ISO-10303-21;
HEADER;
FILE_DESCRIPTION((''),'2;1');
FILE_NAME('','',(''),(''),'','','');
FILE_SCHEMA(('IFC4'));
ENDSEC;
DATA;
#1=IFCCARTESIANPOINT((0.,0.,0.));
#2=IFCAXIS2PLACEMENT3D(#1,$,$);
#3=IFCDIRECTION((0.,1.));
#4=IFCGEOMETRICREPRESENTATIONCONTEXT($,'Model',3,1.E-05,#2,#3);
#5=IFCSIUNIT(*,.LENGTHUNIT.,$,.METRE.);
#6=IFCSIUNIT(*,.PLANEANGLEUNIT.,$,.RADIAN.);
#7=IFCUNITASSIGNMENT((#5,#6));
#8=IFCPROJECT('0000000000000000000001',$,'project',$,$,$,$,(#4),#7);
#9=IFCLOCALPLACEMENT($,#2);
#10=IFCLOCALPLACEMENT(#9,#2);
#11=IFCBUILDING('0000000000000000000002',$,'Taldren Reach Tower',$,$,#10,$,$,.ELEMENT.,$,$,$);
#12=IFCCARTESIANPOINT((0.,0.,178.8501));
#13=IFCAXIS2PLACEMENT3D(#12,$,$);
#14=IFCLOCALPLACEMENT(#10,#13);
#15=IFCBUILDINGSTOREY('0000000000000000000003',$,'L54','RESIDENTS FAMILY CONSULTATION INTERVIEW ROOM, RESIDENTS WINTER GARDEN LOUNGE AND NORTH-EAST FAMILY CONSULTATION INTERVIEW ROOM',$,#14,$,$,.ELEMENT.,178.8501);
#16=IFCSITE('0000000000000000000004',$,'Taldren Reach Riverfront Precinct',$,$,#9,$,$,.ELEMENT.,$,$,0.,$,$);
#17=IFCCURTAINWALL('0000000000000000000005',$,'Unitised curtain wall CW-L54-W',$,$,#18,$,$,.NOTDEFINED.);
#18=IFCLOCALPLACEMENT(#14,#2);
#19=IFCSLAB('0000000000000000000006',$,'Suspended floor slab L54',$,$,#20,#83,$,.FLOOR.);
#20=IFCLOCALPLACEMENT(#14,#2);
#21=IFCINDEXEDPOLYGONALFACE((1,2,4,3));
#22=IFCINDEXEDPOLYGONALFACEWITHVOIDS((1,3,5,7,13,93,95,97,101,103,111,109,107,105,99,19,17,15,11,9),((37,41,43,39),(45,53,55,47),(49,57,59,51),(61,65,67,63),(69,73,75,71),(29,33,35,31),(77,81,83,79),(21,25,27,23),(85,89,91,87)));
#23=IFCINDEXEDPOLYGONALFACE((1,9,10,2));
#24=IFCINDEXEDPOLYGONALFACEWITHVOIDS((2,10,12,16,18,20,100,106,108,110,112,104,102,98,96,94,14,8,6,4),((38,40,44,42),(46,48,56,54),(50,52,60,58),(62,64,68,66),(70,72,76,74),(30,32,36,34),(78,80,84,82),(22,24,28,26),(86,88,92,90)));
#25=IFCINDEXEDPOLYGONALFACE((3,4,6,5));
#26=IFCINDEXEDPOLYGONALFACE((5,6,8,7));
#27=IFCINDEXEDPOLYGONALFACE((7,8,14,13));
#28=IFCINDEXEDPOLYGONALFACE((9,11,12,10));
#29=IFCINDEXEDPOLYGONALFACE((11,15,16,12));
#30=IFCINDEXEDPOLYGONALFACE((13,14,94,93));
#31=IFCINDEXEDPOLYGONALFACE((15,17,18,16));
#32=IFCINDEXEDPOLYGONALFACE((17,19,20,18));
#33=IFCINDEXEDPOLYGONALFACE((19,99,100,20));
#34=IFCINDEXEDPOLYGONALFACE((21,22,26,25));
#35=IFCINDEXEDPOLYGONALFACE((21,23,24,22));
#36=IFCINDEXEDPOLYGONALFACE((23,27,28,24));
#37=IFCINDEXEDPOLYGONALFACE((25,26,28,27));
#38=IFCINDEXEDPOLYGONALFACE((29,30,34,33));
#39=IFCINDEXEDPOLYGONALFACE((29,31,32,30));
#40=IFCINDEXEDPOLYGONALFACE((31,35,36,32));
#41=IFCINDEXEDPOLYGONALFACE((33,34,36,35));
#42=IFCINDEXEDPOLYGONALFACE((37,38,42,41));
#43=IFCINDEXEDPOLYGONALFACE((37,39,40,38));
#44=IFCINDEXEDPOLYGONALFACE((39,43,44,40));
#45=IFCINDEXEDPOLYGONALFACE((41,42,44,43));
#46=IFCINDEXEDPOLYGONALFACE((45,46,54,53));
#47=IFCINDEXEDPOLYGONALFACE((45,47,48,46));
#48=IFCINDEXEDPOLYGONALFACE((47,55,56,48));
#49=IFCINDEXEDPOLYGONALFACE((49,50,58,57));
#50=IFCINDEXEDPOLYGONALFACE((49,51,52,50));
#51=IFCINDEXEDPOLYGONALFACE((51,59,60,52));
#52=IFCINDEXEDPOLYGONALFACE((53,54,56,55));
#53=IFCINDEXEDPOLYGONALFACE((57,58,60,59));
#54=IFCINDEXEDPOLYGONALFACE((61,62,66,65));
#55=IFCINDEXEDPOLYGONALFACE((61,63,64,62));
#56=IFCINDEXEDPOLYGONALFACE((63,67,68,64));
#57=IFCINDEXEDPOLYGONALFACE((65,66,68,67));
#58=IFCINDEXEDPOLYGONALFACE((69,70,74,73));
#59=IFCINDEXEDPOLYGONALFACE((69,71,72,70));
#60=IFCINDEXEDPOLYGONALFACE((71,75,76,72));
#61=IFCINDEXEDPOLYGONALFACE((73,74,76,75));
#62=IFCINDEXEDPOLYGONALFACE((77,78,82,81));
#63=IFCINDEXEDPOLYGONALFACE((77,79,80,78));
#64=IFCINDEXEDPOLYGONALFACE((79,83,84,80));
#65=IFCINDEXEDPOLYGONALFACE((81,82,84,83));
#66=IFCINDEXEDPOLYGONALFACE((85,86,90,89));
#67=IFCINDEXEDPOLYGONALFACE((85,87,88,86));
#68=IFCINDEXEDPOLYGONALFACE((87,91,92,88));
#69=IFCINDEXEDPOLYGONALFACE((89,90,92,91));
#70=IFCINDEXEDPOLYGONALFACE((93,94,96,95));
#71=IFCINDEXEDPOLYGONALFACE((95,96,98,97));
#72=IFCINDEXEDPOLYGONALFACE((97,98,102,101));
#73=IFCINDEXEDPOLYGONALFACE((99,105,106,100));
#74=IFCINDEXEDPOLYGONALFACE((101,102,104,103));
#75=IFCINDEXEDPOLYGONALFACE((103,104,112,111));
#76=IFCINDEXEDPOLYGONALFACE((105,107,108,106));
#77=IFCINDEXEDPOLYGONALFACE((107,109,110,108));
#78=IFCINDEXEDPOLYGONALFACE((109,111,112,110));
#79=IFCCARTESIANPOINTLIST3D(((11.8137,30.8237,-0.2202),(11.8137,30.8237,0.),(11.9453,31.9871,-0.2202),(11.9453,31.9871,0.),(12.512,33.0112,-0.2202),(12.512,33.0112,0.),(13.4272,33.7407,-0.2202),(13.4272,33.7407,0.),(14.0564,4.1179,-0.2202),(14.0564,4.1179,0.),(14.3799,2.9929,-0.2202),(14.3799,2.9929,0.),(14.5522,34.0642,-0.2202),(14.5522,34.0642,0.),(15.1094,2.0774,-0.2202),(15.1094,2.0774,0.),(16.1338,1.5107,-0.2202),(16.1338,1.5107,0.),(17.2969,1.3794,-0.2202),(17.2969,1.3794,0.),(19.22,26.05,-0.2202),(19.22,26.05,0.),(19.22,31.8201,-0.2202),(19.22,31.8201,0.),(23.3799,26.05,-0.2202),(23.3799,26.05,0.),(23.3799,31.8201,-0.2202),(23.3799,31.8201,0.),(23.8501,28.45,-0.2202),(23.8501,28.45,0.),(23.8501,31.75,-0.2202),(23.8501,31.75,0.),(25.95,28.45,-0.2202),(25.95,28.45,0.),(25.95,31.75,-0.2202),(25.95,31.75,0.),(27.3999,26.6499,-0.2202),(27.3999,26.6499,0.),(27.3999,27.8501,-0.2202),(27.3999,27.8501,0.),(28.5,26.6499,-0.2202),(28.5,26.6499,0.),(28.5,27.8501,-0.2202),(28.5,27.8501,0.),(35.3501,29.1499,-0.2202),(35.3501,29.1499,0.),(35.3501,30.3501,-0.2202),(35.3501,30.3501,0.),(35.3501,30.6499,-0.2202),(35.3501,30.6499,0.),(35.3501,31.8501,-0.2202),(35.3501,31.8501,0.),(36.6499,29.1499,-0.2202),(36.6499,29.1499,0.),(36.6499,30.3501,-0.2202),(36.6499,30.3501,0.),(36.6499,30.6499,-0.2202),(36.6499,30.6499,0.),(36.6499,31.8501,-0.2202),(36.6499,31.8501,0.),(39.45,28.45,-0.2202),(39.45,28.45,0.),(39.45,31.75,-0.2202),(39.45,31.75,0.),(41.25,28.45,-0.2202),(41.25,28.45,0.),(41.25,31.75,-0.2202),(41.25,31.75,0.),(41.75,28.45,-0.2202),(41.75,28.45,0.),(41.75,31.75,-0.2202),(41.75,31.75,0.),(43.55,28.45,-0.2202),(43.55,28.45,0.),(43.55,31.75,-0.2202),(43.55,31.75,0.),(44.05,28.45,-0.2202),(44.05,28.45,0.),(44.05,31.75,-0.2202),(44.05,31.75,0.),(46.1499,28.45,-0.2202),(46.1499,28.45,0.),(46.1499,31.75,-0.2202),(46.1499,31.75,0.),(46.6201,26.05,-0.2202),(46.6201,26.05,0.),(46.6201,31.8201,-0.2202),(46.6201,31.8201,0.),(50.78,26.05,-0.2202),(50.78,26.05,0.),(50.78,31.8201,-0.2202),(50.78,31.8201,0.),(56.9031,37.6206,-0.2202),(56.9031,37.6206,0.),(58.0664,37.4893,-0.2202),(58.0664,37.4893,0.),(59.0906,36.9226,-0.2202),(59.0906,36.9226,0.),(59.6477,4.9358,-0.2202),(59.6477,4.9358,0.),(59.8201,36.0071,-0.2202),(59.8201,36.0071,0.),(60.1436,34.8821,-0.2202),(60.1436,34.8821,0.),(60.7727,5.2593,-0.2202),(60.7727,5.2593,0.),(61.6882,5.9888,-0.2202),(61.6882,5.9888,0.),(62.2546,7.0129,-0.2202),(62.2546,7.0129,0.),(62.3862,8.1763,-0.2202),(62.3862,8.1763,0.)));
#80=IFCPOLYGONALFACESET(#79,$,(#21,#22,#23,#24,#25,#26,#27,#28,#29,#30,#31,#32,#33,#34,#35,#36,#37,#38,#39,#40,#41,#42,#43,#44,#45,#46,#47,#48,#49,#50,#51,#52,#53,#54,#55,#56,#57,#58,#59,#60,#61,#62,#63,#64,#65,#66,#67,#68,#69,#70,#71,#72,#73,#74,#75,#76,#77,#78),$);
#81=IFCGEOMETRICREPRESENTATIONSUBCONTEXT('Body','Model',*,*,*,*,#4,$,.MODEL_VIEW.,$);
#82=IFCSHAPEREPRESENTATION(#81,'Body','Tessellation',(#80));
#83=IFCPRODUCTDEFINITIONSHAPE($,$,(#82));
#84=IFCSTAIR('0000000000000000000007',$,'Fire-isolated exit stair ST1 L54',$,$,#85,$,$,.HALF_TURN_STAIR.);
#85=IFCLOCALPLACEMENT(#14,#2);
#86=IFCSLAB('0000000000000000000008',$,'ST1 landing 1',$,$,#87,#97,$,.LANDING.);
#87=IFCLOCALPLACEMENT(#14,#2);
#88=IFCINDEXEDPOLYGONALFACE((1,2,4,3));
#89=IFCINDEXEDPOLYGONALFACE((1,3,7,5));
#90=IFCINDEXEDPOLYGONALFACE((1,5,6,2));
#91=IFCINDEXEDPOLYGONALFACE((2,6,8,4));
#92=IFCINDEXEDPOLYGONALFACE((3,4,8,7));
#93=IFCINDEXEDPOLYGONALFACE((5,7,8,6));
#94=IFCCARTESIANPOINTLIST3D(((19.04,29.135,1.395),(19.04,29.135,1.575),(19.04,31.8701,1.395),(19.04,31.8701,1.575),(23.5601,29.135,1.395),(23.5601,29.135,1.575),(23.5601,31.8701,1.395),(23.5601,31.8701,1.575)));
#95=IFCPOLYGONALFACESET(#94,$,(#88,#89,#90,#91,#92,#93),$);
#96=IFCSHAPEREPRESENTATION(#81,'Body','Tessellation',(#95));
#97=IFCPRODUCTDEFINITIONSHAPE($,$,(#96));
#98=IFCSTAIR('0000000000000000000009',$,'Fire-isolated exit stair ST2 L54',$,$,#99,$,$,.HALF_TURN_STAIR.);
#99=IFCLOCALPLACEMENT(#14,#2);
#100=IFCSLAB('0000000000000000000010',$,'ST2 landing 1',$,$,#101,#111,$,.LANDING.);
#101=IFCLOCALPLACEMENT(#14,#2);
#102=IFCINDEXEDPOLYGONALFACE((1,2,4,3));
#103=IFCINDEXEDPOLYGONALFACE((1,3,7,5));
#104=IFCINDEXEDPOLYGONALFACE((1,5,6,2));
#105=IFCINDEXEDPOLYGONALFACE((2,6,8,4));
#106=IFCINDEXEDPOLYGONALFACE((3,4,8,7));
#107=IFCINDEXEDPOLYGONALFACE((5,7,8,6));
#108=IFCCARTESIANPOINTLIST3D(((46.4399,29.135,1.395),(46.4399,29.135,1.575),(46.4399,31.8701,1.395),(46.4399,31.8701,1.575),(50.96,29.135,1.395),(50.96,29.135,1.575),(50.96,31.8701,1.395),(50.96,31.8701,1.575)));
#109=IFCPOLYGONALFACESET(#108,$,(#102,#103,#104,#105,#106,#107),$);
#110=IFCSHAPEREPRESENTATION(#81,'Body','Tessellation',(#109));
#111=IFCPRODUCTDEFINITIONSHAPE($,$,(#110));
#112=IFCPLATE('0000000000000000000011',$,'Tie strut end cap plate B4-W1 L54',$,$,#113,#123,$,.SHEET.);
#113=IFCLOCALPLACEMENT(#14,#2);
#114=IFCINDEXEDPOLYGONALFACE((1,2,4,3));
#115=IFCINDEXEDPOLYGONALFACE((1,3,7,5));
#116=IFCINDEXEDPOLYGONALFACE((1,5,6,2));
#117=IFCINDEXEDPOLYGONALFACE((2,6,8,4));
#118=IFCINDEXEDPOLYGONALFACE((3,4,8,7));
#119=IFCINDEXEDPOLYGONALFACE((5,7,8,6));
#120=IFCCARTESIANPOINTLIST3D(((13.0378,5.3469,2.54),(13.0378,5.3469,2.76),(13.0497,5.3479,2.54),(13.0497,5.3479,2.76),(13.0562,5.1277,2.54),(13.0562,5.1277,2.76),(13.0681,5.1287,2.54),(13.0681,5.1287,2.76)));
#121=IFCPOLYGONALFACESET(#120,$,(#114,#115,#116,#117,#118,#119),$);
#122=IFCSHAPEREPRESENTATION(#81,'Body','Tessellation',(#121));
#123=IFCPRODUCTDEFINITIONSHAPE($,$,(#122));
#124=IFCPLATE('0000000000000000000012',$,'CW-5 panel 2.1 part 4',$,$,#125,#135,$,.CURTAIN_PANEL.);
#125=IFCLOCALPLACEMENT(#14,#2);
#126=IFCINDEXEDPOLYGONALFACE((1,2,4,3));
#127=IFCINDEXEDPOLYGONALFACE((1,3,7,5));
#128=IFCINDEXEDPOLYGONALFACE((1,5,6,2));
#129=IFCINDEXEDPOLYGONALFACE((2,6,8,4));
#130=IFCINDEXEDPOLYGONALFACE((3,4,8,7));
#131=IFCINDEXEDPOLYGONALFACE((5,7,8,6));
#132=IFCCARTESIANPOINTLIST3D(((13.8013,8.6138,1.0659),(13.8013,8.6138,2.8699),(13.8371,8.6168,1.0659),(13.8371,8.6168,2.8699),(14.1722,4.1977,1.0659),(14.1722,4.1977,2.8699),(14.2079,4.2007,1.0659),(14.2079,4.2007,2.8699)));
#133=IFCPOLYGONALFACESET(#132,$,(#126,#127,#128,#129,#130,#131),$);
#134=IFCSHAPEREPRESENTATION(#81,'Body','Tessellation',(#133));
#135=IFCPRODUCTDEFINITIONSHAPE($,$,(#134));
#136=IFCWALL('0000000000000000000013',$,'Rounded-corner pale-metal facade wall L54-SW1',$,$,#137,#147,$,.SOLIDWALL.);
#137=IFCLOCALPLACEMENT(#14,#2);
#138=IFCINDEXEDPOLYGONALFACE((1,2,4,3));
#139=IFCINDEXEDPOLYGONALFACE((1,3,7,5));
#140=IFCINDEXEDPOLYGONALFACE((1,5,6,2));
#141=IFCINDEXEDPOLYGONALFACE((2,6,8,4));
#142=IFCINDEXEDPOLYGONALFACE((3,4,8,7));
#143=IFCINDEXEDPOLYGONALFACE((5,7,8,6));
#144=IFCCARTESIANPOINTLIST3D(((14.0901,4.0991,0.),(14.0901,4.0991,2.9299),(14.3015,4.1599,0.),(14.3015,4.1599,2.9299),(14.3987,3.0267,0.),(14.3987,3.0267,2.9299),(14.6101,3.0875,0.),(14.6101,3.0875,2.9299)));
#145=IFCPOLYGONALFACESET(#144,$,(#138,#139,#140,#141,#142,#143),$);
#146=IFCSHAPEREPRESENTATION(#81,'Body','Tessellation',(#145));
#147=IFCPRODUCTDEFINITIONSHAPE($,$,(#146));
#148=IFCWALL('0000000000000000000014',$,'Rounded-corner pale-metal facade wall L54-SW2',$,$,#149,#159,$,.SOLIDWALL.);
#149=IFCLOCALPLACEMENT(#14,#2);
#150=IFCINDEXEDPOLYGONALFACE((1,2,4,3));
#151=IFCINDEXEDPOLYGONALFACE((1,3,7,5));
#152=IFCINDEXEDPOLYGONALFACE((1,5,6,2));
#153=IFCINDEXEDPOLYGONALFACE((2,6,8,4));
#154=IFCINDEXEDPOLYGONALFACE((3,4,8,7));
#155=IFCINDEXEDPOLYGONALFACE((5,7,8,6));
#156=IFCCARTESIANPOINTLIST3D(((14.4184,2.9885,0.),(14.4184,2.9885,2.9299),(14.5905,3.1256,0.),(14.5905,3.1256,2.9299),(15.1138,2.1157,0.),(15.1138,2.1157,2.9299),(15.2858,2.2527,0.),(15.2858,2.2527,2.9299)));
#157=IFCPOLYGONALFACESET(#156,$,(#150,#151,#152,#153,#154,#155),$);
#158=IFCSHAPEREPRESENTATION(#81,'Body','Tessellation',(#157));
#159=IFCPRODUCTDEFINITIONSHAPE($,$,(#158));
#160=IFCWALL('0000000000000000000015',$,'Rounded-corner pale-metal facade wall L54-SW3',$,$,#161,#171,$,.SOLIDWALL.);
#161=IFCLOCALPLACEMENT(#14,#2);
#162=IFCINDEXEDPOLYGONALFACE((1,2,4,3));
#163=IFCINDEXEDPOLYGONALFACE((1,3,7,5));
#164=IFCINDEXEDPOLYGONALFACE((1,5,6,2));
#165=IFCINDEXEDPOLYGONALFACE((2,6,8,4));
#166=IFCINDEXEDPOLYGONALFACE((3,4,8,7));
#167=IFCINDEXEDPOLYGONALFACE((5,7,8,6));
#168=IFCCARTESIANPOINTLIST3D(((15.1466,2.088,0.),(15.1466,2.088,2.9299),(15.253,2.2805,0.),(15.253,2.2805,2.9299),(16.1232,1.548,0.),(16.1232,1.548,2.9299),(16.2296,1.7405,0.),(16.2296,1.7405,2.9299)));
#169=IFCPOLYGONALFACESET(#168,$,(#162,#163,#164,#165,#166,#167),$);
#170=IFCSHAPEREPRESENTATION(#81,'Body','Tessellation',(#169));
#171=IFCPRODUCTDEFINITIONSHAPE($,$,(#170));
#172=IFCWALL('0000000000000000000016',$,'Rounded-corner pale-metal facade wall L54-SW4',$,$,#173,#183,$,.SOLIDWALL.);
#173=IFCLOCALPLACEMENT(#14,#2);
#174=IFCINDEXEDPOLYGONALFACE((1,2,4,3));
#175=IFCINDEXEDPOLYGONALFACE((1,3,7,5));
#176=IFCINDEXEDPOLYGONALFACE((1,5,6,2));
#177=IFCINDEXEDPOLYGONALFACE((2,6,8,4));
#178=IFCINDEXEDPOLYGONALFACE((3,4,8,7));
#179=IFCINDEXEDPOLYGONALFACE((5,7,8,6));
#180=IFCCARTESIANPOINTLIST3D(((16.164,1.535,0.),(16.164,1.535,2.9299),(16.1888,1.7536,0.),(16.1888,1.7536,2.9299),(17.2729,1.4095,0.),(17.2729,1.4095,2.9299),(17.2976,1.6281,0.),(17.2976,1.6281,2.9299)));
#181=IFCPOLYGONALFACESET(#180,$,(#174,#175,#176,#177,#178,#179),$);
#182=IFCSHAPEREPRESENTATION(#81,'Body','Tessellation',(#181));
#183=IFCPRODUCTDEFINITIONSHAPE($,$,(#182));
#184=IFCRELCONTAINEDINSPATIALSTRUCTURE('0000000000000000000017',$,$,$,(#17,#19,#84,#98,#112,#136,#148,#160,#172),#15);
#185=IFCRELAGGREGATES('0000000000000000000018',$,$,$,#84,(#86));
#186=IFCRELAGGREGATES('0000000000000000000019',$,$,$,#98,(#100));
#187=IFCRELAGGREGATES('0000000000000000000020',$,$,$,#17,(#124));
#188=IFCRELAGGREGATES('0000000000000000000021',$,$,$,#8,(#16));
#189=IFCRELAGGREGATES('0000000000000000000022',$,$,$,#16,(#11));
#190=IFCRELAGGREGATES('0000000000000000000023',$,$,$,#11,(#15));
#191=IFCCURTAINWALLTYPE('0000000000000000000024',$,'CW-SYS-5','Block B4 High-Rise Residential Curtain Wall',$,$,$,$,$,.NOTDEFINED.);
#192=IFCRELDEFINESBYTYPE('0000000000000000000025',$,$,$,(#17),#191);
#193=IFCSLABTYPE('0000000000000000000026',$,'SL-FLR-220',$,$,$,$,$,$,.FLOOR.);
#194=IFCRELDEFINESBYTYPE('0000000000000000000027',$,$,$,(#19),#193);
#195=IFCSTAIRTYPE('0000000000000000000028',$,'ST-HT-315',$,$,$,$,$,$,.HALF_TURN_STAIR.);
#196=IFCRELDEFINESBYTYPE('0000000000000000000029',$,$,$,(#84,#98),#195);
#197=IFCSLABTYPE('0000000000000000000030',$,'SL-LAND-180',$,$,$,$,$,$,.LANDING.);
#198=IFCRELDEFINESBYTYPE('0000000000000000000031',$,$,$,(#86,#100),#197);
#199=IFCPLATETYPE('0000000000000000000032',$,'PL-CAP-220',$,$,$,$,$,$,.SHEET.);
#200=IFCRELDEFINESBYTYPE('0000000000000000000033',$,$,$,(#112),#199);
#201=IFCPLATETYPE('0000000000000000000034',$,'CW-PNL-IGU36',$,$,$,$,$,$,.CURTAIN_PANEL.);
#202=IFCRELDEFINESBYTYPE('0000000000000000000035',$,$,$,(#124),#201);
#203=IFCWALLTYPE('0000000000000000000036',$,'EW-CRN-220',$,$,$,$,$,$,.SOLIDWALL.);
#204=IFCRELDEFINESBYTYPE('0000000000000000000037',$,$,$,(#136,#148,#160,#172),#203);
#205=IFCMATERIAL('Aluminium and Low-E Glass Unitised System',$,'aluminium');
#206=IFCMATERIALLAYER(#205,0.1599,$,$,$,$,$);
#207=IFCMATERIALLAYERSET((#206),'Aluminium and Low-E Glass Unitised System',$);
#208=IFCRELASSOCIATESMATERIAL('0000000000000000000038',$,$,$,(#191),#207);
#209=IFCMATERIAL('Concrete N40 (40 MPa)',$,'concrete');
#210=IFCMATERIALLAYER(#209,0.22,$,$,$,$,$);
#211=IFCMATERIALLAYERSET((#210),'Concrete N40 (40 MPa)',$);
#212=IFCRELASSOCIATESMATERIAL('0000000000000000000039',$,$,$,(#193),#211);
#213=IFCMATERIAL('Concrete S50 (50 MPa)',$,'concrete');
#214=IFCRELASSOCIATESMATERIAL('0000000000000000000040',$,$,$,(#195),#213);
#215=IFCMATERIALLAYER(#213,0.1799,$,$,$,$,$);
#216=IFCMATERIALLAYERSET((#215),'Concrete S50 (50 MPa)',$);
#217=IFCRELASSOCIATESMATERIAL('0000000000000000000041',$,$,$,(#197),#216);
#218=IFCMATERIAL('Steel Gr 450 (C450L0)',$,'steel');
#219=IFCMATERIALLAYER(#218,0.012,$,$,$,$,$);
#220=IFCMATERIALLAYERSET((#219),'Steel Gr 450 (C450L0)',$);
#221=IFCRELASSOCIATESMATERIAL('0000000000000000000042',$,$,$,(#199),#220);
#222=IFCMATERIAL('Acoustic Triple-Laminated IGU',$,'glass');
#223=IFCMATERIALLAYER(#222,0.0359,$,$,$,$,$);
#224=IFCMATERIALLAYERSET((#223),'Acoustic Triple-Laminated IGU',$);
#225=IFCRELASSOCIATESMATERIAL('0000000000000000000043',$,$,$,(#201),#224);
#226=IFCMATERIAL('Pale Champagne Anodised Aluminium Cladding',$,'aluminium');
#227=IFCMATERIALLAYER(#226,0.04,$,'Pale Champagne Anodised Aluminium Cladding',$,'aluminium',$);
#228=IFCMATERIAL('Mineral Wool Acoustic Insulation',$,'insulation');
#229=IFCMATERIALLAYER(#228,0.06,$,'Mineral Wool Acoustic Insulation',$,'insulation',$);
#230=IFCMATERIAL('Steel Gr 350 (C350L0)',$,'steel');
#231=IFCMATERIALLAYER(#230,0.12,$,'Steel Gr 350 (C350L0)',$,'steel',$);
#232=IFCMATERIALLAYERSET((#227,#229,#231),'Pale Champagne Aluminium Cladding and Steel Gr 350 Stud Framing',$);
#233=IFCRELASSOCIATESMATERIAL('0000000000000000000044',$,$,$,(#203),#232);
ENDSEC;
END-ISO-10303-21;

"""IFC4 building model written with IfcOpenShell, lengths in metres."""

from ifc_helpers import new_model, si_unit, direction, frame, frame_2d, origin, origin_2d, place, context, subcontext, project, spatial, polyline, rectangle, outline, extrude, source, transform, mapped, material, layer, layer_set, type_object, element, aggregate, save


model = new_model("IFC4")

# Units and contexts
model_context = context("Model", 3, precision=1e-05, world=origin(), true_north=direction((0.0, 1.0)))
body_context = subcontext(model_context, "Body", "Model", "MODEL_VIEW")
ifc_project = project(units=[si_unit("LENGTHUNIT", "METRE"), si_unit("PLANEANGLEUNIT", "RADIAN")], contexts=[model_context])

# Site, building, storey
site_placement = place(None, origin())
site = spatial("IfcSite", under=ifc_project, at=site_placement, Name="Taldren Reach Riverfront Precinct", CompositionType="ELEMENT", RefElevation=0.0)
building_placement = place(site_placement, origin())
building = spatial("IfcBuilding", under=site, at=building_placement, Name="Taldren Reach Tower", CompositionType="ELEMENT")
storey_placement = place(building_placement, frame((0.0, 0.0, 178.8501)))
storey = spatial("IfcBuildingStorey", under=building, at=storey_placement, Name="L54", Description="RESIDENTS FAMILY CONSULTATION INTERVIEW ROOM, RESIDENTS WINTER GARDEN LOUNGE AND NORTH-EAST FAMILY CONSULTATION INTERVIEW ROOM", CompositionType="ELEMENT", Elevation=178.8501)

# Shared definitions
ifc_material_1 = material(Name="Steel Gr 350 (C350L0)", Category="steel")

# Shared definitions
ifc_material_2 = material(Name="Steel Gr 450 (C450L0)", Category="steel")

# Curtain wall
ifc_material_3 = material(Name="Aluminium and Low-E Glass Unitised System", Category="aluminium")
ifc_layer_1 = layer(ifc_material_3, 0.1599)
ifc_layer_set_1 = layer_set([ifc_layer_1], Name="Aluminium and Low-E Glass Unitised System")
curtain_wall_type = type_object("IfcCurtainWallType", Name="CW-SYS-5", Description="Block B4 High-Rise Residential Curtain Wall", PredefinedType="NOTDEFINED", material=ifc_layer_set_1)
curtain_wall_1_placement = place(storey_placement, origin())
curtain_wall_1 = element("IfcCurtainWall", 1, at=curtain_wall_1_placement, inside=storey, type_object=curtain_wall_type, Name="Unitised curtain wall CW-L54-W", PredefinedType="NOTDEFINED")

# Slab
ifc_material_4 = material(Name="Concrete N40 (40 MPa)", Category="concrete")
ifc_layer_2 = layer(ifc_material_4, 0.22)
ifc_layer_set_2 = layer_set([ifc_layer_2], Name="Concrete N40 (40 MPa)")
slab_type_1 = type_object("IfcSlabType", Name="SL-FLR-220", PredefinedType="FLOOR", material=ifc_layer_set_2)
slab_1_placement = place(storey_placement, frame((0.0, 0.0, -0.2202)))
element("IfcSlab", 2, at=slab_1_placement, inside=storey, type_object=slab_type_1, Name="Suspended floor slab L54", PredefinedType="FLOOR", context=body_context, shape_type="SweptSolid", body=[
    extrude(outline(polyline([(59.6477, 4.9358), (60.7727, 5.2593), (61.6882, 5.9888), (62.2546, 7.0129), (62.3862, 8.1763), (60.1436, 34.8821), (59.8201, 36.0071), (59.0906, 36.9226), (58.0664, 37.4893), (56.9031, 37.6206), (14.5522, 34.0642), (13.4272, 33.7407), (12.512, 33.0112), (11.9453, 31.9871), (11.8137, 30.8237), (14.0564, 4.1179), (14.3799, 2.9929), (15.1094, 2.0774), (16.1338, 1.5107), (17.2969, 1.3794), (59.6477, 4.9358)]), holes=[polyline([(19.22, 26.05), (23.3799, 26.05), (23.3799, 31.8201), (19.22, 31.8201), (19.22, 26.05)]), polyline([(46.6201, 26.05), (50.78, 26.05), (50.78, 31.8201), (46.6201, 31.8201), (46.6201, 26.05)]), polyline([(23.8501, 28.45), (25.95, 28.45), (25.95, 31.75), (23.8501, 31.75), (23.8501, 28.45)]), polyline([(44.05, 28.45), (46.1499, 28.45), (46.1499, 31.75), (44.05, 31.75), (44.05, 28.45)]), polyline([(39.45, 28.45), (41.25, 28.45), (41.25, 31.75), (39.45, 31.75), (39.45, 28.45)]), polyline([(41.75, 28.45), (43.55, 28.45), (43.55, 31.75), (41.75, 31.75), (41.75, 28.45)]), polyline([(35.3501, 30.6499), (36.6499, 30.6499), (36.6499, 31.8501), (35.3501, 31.8501), (35.3501, 30.6499)]), polyline([(35.3501, 29.1499), (36.6499, 29.1499), (36.6499, 30.3501), (35.3501, 30.3501), (35.3501, 29.1499)]), polyline([(27.3999, 26.6499), (28.5, 26.6499), (28.5, 27.8501), (27.3999, 27.8501), (27.3999, 26.6499)])]), origin(), (0.0, 0.0, 1.0), 0.2202),
])

# Stairs, slabs
ifc_material_5 = material(Name="Concrete S50 (50 MPa)", Category="concrete")
stair_type = type_object("IfcStairType", Name="ST-HT-315", PredefinedType="HALF_TURN_STAIR", material=ifc_material_5)
stair_1_placement = place(storey_placement, origin())
stair_1 = element("IfcStair", 3, at=stair_1_placement, inside=storey, type_object=stair_type, Name="Fire-isolated exit stair ST1 L54", PredefinedType="HALF_TURN_STAIR")
ifc_layer_3 = layer(ifc_material_5, 0.1799)
ifc_layer_set_3 = layer_set([ifc_layer_3], Name="Concrete S50 (50 MPa)")
slab_type_2 = type_object("IfcSlabType", Name="SL-LAND-180", PredefinedType="LANDING", material=ifc_layer_set_3)
slab_2_placement = place(storey_placement, frame((0.0, 0.0, 1.395)))
slab_2 = element("IfcSlab", 4, at=slab_2_placement, type_object=slab_type_2, Name="ST1 landing 1", PredefinedType="LANDING", context=body_context, shape_type="SweptSolid", body=[
    extrude(outline(polyline([(19.04, 29.135), (23.5601, 29.135), (23.5601, 31.8701), (19.04, 31.8701), (19.04, 29.135)])), origin(), (0.0, 0.0, 1.0), 0.1799),
])
aggregate(stair_1, [slab_2])
stair_2_placement = place(storey_placement, origin())
stair_2 = element("IfcStair", 5, at=stair_2_placement, inside=storey, type_object=stair_type, Name="Fire-isolated exit stair ST2 L54", PredefinedType="HALF_TURN_STAIR")
slab_3_placement = place(storey_placement, frame((0.0, 0.0, 1.395)))
slab_3 = element("IfcSlab", 6, at=slab_3_placement, type_object=slab_type_2, Name="ST2 landing 1", PredefinedType="LANDING", context=body_context, shape_type="SweptSolid", body=[
    extrude(outline(polyline([(46.4399, 29.135), (50.96, 29.135), (50.96, 31.8701), (46.4399, 31.8701), (46.4399, 29.135)])), origin(), (0.0, 0.0, 1.0), 0.1799),
])
aggregate(stair_2, [slab_3])

# Plates
ifc_layer_4 = layer(ifc_material_2, 0.012)
ifc_layer_set_4 = layer_set([ifc_layer_4], Name="Steel Gr 450 (C450L0)")
plate_type_1 = type_object("IfcPlateType", Name="PL-CAP-220", PredefinedType="SHEET", material=ifc_layer_set_4)
shared_shape_1 = source(origin(), body_context, "Body", "SweptSolid", [
    extrude(rectangle(XDim=0.012, YDim=0.22, at=origin_2d()), origin(), (0.0, 0.0, 1.0), 0.22),
])
plate_1_placement = place(storey_placement, frame((13.053, 5.2378, 2.54), z_axis=(0.0, 0.0, 1.0), x_axis=(0.996493, 0.083678, 0.0)))
element("IfcPlate", 7, at=plate_1_placement, inside=storey, type_object=plate_type_1, Name="Tie strut end cap plate B4-W1 L54", PredefinedType="SHEET", context=body_context, shape_type="MappedRepresentation", body=[
    mapped(shared_shape_1, transform((0.0, 0.0, 0.0), scale=1.0)),
])
ifc_material_6 = material(Name="Acoustic Triple-Laminated IGU", Category="glass")
ifc_layer_5 = layer(ifc_material_6, 0.0359)
ifc_layer_set_5 = layer_set([ifc_layer_5], Name="Acoustic Triple-Laminated IGU")
plate_type_2 = type_object("IfcPlateType", Name="CW-PNL-IGU36", PredefinedType="CURTAIN_PANEL", material=ifc_layer_set_5)
shared_shape_2 = source(origin(), body_context, "Body", "SweptSolid", [
    extrude(rectangle(XDim=4.4316, YDim=0.0359, at=origin_2d()), origin(), (0.0, 0.0, 1.0), 1.804),
])
plate_2_placement = place(storey_placement, frame((14.0046, 6.4072, 1.0659), z_axis=(0.0, 0.0, 1.0), x_axis=(0.083678, -0.996493, 0.0)))
plate_2 = element("IfcPlate", 8, at=plate_2_placement, type_object=plate_type_2, Name="CW-5 panel 2.1 part 4", PredefinedType="CURTAIN_PANEL", context=body_context, shape_type="MappedRepresentation", body=[
    mapped(shared_shape_2, transform((0.0, 0.0, 0.0), scale=1.0)),
])
aggregate(curtain_wall_1, [plate_2])

# Walls
ifc_material_7 = material(Name="Pale Champagne Anodised Aluminium Cladding", Category="aluminium")
ifc_layer_6 = layer(ifc_material_7, 0.04, Name="Pale Champagne Anodised Aluminium Cladding", Category="aluminium")
ifc_material_8 = material(Name="Mineral Wool Acoustic Insulation", Category="insulation")
ifc_layer_7 = layer(ifc_material_8, 0.06, Name="Mineral Wool Acoustic Insulation", Category="insulation")
ifc_layer_8 = layer(ifc_material_1, 0.12, Name="Steel Gr 350 (C350L0)", Category="steel")
ifc_layer_set_6 = layer_set([ifc_layer_6, ifc_layer_7, ifc_layer_8], Name="Pale Champagne Aluminium Cladding and Steel Gr 350 Stud Framing")
wall_type = type_object("IfcWallType", Name="EW-CRN-220", PredefinedType="SOLIDWALL", material=ifc_layer_set_6)
shared_shape_3 = source(origin(), body_context, "Body", "SweptSolid", [
    extrude(rectangle(XDim=1.116, YDim=0.22, at=frame_2d((0.5581, 0.0))), origin(), (0.0, 0.0, 1.0), 2.9299),
])
for number, where, z_axis, x_axis, name in (
    (9, (14.1958, 4.1296, 0.0), (0.0, 0.0, 1.0), (0.276512, -0.96101, 0.0), "Rounded-corner pale-metal facade wall L54-SW1"),
    (10, (14.5044, 3.0571, 0.0), (0.0, 0.0, 1.0), (0.623093, -0.782148, 0.0), "Rounded-corner pale-metal facade wall L54-SW2"),
    (11, (15.1997, 2.1843, 0.0), (0.0, 0.0, 1.0), (0.875105, -0.483933, 0.0), "Rounded-corner pale-metal facade wall L54-SW3"),
    (12, (16.1763, 1.6443, 0.0), (0.0, 0.0, 1.0), (0.993658, -0.112448, 0.0), "Rounded-corner pale-metal facade wall L54-SW4"),
):
    element("IfcWall", number, at=place(storey_placement, frame(where, z_axis=z_axis, x_axis=x_axis)), inside=storey, type_object=wall_type, Name=name, PredefinedType="SOLIDWALL", context=body_context, shape_type="MappedRepresentation", body=[
        mapped(shared_shape_3, transform((0.0, 0.0, 0.0), scale=1.0)),
    ])

save(model, "model.ifc")
